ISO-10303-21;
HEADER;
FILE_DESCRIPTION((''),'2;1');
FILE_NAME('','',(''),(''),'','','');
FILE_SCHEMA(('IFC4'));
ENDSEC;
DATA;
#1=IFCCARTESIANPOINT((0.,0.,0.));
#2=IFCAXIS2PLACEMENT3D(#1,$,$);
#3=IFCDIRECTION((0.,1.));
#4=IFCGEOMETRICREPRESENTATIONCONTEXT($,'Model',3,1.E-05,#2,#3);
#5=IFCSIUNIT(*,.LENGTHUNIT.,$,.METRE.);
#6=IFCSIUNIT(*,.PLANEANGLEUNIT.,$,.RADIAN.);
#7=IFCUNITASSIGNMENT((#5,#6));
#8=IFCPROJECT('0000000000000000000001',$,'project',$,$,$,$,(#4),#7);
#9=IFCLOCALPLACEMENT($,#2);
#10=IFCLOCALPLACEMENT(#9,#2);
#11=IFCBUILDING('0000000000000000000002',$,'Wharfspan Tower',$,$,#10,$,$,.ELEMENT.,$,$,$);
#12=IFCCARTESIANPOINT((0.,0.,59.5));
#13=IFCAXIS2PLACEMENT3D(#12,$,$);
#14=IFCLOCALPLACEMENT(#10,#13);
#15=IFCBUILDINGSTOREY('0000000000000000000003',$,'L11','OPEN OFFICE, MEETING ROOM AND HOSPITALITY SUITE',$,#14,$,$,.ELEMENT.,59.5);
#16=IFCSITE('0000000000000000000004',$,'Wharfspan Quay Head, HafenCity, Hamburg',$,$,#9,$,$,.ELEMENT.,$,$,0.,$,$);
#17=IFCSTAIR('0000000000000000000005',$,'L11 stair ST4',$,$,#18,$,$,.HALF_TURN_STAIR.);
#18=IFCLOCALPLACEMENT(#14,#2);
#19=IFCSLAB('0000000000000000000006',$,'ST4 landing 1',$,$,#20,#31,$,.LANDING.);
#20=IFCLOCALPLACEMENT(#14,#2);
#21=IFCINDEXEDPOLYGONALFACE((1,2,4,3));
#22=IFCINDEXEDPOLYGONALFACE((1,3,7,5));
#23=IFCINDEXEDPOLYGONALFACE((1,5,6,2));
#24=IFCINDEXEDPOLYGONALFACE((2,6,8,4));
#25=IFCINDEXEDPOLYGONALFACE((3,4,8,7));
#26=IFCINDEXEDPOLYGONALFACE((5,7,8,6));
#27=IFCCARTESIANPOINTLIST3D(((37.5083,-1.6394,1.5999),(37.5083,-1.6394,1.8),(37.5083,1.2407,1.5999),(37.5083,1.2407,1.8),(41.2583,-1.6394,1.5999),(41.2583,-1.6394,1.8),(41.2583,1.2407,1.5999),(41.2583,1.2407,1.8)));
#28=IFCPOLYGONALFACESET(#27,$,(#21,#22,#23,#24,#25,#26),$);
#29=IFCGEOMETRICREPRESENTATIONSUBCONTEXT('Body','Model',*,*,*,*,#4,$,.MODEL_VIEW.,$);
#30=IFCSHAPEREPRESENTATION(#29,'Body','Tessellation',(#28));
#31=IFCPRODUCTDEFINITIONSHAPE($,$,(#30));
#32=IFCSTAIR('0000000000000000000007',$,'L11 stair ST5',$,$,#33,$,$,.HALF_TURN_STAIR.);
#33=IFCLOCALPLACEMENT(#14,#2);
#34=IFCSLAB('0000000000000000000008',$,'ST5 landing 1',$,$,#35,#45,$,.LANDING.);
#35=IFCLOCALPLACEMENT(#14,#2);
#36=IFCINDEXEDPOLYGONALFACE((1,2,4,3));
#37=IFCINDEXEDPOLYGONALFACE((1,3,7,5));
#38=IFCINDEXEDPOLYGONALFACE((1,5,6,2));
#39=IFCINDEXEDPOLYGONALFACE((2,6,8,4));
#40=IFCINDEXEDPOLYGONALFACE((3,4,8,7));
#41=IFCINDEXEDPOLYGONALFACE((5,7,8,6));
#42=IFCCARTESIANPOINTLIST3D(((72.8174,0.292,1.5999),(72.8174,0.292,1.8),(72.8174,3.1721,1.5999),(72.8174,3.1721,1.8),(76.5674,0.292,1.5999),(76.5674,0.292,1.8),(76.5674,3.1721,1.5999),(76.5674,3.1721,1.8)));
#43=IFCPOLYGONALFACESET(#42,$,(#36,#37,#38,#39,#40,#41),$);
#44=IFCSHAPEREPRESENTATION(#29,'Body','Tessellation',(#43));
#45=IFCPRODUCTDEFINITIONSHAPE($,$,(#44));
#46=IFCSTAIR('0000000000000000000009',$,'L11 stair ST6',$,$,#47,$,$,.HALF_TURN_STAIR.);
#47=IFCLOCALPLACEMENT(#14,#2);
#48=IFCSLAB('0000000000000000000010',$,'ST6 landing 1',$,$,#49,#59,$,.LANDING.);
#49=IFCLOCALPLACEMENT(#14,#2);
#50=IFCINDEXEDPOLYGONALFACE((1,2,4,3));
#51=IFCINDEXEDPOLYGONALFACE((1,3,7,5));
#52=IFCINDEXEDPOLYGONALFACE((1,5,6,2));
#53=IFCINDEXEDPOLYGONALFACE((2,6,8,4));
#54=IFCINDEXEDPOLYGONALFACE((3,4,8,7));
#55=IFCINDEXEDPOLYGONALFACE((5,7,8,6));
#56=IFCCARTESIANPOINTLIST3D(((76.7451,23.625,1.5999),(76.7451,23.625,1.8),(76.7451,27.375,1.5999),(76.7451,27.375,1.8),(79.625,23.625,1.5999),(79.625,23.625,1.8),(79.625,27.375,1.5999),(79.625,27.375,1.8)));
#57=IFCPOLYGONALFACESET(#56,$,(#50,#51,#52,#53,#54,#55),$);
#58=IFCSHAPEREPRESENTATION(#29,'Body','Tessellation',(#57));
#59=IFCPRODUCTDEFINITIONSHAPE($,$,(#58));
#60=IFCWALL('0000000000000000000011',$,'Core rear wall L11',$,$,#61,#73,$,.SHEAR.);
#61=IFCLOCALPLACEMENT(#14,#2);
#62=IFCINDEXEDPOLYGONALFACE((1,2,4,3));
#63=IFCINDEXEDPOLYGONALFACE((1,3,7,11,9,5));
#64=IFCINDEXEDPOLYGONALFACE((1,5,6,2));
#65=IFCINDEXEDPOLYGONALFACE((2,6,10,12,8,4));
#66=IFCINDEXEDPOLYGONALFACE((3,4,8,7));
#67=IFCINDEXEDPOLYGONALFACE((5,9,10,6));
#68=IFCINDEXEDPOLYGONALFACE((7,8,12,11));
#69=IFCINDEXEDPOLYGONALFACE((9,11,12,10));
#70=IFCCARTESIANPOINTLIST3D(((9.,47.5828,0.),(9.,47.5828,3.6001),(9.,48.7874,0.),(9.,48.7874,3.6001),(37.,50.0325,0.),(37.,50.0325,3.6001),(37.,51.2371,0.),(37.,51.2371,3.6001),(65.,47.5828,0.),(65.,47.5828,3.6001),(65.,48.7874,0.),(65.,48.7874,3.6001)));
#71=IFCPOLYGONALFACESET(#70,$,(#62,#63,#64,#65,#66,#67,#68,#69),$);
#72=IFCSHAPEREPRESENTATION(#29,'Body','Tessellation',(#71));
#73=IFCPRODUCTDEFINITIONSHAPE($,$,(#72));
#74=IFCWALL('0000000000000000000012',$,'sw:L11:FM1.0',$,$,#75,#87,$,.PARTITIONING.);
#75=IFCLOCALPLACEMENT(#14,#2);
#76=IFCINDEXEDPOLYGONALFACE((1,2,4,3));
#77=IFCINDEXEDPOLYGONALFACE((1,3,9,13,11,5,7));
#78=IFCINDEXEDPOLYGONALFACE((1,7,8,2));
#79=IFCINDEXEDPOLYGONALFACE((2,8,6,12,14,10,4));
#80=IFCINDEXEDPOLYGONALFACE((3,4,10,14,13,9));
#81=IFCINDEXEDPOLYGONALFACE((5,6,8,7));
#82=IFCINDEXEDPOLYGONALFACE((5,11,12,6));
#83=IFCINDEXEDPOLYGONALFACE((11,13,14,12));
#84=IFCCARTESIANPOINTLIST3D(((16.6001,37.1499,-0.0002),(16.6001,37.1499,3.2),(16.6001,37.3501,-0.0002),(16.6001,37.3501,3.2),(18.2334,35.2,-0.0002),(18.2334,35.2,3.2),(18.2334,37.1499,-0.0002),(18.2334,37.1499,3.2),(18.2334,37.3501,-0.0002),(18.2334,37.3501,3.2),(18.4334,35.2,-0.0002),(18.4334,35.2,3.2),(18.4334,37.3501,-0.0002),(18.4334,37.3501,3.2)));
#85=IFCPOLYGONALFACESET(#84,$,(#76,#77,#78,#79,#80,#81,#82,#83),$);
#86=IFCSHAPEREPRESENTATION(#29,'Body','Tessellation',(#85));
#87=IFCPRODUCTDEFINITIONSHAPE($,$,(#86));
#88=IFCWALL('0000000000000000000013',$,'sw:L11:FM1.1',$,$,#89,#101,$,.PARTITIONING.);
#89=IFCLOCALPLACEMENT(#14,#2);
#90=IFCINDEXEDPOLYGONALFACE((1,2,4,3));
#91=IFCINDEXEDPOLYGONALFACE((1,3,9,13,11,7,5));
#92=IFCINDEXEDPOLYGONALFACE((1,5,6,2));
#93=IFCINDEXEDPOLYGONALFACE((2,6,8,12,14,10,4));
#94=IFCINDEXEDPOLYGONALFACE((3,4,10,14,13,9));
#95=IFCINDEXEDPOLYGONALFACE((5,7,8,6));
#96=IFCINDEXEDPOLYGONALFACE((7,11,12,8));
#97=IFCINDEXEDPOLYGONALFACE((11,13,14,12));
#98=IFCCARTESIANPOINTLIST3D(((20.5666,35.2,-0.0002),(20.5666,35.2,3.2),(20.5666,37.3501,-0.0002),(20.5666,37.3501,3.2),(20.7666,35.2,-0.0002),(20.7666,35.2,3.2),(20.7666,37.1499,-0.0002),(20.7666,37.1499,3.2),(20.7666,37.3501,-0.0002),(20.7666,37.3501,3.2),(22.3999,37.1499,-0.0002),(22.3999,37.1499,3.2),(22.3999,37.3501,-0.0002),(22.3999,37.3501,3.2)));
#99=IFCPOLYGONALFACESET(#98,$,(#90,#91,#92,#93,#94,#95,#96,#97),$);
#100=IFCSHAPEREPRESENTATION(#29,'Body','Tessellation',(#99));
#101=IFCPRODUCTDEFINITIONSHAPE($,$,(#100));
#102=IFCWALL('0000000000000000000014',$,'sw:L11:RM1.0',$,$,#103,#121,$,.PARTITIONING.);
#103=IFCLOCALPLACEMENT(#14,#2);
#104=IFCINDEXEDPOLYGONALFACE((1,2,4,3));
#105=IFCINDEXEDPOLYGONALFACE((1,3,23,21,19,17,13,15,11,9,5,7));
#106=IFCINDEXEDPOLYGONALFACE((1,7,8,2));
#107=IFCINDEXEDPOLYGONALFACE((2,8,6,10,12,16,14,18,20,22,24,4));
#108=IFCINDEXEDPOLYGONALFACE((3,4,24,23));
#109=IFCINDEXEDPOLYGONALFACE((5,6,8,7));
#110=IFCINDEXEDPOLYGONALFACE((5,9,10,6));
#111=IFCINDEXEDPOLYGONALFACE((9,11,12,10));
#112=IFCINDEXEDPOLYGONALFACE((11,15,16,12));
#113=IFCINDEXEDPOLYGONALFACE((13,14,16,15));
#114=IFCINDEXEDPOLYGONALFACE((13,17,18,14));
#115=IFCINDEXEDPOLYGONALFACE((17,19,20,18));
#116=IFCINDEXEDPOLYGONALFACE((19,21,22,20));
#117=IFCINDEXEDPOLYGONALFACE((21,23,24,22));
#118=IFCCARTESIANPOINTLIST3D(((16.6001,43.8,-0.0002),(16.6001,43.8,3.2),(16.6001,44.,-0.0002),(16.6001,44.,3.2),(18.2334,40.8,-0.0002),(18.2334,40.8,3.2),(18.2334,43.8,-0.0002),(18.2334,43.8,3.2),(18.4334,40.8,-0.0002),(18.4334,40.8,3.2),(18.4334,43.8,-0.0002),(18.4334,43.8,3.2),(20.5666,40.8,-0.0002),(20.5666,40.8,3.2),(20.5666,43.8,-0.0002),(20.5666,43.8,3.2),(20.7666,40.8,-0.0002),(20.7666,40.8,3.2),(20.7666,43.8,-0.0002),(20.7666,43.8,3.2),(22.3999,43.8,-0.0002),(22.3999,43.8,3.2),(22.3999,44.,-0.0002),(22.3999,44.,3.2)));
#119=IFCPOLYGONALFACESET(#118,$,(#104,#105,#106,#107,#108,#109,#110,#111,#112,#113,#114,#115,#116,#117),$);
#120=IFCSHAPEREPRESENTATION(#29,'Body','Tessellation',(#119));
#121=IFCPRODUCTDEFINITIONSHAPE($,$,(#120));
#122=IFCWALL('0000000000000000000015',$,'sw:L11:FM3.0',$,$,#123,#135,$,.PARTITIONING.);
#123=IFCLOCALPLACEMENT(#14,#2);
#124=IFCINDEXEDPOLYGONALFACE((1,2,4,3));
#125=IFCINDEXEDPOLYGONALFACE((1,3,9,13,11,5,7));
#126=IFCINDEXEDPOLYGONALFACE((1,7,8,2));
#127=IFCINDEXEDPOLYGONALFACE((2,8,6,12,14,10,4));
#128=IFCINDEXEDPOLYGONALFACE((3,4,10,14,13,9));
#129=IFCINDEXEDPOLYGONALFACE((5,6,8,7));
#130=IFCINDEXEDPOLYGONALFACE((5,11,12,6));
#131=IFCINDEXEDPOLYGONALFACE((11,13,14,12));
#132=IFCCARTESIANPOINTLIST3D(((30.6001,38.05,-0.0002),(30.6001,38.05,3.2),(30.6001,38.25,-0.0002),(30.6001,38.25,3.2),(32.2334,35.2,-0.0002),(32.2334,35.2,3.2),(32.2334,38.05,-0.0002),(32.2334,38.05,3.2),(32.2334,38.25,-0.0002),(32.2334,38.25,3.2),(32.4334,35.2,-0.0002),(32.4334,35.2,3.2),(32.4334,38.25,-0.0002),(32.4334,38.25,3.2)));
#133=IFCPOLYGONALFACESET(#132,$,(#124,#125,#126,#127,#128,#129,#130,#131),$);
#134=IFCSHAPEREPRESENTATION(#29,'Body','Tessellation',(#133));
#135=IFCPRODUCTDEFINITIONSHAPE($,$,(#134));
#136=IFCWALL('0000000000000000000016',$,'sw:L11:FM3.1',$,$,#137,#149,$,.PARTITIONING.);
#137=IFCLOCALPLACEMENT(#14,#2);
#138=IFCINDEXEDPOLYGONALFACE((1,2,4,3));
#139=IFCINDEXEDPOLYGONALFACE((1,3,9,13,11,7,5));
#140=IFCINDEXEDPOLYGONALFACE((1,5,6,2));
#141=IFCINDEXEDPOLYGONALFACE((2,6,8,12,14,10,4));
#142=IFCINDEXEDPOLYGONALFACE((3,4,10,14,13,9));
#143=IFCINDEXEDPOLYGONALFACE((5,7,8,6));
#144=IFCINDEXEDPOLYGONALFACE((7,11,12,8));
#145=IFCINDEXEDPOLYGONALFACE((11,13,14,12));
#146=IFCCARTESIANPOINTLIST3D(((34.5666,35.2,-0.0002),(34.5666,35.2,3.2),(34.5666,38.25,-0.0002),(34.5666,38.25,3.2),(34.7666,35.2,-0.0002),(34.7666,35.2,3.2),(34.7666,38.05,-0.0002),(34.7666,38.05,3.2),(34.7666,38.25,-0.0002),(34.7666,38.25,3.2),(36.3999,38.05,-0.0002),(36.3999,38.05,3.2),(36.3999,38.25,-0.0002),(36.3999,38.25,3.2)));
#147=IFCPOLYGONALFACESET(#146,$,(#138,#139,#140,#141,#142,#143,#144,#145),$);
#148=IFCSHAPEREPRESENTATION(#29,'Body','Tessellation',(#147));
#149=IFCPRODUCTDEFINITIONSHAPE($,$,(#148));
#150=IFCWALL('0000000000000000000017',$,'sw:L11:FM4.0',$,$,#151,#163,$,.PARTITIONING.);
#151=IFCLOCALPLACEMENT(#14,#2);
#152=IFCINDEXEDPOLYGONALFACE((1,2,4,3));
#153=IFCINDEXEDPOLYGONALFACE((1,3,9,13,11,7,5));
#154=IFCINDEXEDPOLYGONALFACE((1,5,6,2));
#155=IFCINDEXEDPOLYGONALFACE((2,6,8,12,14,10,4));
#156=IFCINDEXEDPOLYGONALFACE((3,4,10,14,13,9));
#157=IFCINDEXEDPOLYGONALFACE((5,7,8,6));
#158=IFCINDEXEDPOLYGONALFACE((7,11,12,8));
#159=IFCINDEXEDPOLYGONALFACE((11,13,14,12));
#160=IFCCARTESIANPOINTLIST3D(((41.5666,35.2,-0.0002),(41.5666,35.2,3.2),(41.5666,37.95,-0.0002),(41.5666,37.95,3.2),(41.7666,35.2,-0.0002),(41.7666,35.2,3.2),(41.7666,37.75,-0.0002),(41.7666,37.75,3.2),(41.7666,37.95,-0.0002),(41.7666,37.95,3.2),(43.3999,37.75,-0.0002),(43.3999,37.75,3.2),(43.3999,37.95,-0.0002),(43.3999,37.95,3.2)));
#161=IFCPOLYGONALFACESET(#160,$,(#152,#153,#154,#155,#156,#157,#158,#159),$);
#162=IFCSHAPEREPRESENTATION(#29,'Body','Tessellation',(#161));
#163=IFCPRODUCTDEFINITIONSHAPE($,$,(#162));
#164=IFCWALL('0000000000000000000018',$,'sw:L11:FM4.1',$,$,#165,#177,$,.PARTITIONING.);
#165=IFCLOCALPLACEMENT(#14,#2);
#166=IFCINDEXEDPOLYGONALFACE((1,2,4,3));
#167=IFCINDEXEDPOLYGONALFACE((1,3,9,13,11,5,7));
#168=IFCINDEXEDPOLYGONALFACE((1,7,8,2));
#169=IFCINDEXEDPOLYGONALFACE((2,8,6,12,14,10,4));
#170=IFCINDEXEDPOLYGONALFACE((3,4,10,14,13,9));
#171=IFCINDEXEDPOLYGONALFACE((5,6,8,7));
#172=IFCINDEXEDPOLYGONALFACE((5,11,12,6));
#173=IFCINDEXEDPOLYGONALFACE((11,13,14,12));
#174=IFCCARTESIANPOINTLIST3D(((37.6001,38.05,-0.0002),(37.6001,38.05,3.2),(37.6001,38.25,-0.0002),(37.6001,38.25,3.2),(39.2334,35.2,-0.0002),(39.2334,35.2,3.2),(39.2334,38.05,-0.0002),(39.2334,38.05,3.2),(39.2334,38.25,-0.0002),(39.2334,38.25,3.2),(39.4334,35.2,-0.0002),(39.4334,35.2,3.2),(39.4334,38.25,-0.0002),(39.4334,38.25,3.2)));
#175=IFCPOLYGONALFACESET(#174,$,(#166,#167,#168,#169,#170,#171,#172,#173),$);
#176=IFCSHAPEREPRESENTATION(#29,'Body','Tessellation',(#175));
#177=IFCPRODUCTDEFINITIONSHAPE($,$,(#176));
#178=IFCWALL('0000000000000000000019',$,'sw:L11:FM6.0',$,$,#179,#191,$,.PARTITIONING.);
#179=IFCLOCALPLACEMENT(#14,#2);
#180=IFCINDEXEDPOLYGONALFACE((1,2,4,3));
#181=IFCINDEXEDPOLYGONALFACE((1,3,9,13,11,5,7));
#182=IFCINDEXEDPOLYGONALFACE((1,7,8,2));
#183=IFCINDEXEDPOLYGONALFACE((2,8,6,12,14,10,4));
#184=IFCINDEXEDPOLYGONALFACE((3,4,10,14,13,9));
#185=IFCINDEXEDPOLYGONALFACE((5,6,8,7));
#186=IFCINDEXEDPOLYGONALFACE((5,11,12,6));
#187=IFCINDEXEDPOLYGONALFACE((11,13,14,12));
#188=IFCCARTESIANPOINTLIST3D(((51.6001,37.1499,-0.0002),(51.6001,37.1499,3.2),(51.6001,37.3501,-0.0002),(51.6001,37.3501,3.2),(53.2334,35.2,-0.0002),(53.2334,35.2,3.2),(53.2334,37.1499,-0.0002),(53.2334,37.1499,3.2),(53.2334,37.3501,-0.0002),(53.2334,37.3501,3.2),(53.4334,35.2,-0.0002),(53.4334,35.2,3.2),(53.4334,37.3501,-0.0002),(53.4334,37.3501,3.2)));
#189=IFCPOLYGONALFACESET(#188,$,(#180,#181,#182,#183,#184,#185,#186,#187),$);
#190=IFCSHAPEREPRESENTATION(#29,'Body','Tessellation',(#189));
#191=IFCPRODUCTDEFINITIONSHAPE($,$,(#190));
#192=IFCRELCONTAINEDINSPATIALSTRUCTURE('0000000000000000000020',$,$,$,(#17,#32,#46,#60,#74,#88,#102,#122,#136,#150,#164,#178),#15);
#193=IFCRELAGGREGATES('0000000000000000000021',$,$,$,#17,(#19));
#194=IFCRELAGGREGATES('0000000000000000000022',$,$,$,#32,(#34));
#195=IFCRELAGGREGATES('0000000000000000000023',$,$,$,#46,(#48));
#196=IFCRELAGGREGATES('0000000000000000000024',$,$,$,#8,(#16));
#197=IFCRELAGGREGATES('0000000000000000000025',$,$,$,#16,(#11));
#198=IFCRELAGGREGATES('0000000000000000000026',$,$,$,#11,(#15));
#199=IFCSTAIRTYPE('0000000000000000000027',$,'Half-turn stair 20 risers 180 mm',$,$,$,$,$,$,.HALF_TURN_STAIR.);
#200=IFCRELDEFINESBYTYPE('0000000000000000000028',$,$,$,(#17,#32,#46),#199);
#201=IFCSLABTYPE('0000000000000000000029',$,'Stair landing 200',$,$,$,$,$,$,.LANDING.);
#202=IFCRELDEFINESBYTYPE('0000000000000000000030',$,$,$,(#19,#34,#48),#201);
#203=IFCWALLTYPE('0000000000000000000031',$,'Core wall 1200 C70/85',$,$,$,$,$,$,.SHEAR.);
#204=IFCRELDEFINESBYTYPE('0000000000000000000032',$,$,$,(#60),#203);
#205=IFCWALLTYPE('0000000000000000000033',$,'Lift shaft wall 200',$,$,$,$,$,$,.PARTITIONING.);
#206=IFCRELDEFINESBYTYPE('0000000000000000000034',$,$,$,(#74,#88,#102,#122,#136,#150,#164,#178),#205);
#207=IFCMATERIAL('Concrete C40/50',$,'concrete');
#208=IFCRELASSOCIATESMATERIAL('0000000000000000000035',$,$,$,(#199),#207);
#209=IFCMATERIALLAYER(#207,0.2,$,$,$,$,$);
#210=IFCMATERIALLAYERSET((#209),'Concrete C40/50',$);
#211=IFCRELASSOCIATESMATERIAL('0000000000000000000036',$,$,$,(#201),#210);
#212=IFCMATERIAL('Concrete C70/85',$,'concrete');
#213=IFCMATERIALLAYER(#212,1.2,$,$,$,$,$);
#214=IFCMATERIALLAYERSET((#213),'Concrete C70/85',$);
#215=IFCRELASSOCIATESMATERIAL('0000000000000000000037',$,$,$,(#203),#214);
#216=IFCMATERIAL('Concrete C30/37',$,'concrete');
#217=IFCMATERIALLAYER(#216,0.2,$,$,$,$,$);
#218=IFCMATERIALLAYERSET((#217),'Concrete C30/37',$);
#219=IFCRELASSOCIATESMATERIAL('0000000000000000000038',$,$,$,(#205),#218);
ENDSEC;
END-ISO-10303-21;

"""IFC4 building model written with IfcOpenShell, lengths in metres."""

from ifc_helpers import new_model, si_unit, direction, frame, origin, place, context, subcontext, project, spatial, polyline, outline, extrude, material, layer, layer_set, type_object, element, aggregate, save


model = new_model("IFC4")

# Units and contexts
model_context = context("Model", 3, precision=1e-05, world=origin(), true_north=direction((0.0, 1.0)))
body_context = subcontext(model_context, "Body", "Model", "MODEL_VIEW")
ifc_project = project(units=[si_unit("LENGTHUNIT", "METRE"), si_unit("PLANEANGLEUNIT", "RADIAN")], contexts=[model_context])

# Site, building, storey
site_placement = place(None, origin())
site = spatial("IfcSite", under=ifc_project, at=site_placement, Name="Wharfspan Quay Head, HafenCity, Hamburg", CompositionType="ELEMENT", RefElevation=0.0)
building_placement = place(site_placement, origin())
building = spatial("IfcBuilding", under=site, at=building_placement, Name="Wharfspan Tower", CompositionType="ELEMENT")
storey_placement = place(building_placement, frame((0.0, 0.0, 59.5)))
storey = spatial("IfcBuildingStorey", under=building, at=storey_placement, Name="L11", Description="OPEN OFFICE, MEETING ROOM AND HOSPITALITY SUITE", CompositionType="ELEMENT", Elevation=59.5)

# Shared definitions
ifc_material_1 = material(Name="Concrete C40/50", Category="concrete")

# Stairs, slabs
stair_type = type_object("IfcStairType", Name="Half-turn stair 20 risers 180 mm", PredefinedType="HALF_TURN_STAIR", material=ifc_material_1)
ifc_layer_1 = layer(ifc_material_1, 0.2)
ifc_layer_set_1 = layer_set([ifc_layer_1], Name="Concrete C40/50")
slab_type_1 = type_object("IfcSlabType", Name="Stair landing 200", PredefinedType="LANDING", material=ifc_layer_set_1)
stair_1_placement = place(storey_placement, origin())
stair_1 = element("IfcStair", 1, at=stair_1_placement, inside=storey, type_object=stair_type, Name="L11 stair ST4", PredefinedType="HALF_TURN_STAIR")
slab_1_placement = place(storey_placement, frame((0.0, 0.0, 1.5999)))
slab_1 = element("IfcSlab", 2, at=slab_1_placement, type_object=slab_type_1, Name="ST4 landing 1", PredefinedType="LANDING", context=body_context, shape_type="SweptSolid", body=[
    extrude(outline(polyline([(37.5083, 1.2407), (37.5083, -1.6394), (41.2583, -1.6394), (41.2583, 1.2407), (37.5083, 1.2407)])), origin(), (0.0, 0.0, 1.0), 0.2002),
])
aggregate(stair_1, [slab_1])
stair_2_placement = place(storey_placement, origin())
stair_2 = element("IfcStair", 3, at=stair_2_placement, inside=storey, type_object=stair_type, Name="L11 stair ST5", PredefinedType="HALF_TURN_STAIR")
slab_2_placement = place(storey_placement, frame((0.0, 0.0, 1.5999)))
slab_2 = element("IfcSlab", 4, at=slab_2_placement, type_object=slab_type_1, Name="ST5 landing 1", PredefinedType="LANDING", context=body_context, shape_type="SweptSolid", body=[
    extrude(outline(polyline([(72.8174, 3.1721), (72.8174, 0.292), (76.5674, 0.292), (76.5674, 3.1721), (72.8174, 3.1721)])), origin(), (0.0, 0.0, 1.0), 0.2002),
])
aggregate(stair_2, [slab_2])
stair_3_placement = place(storey_placement, origin())
stair_3 = element("IfcStair", 5, at=stair_3_placement, inside=storey, type_object=stair_type, Name="L11 stair ST6", PredefinedType="HALF_TURN_STAIR")
slab_3_placement = place(storey_placement, frame((0.0, 0.0, 1.5999)))
slab_3 = element("IfcSlab", 6, at=slab_3_placement, type_object=slab_type_1, Name="ST6 landing 1", PredefinedType="LANDING", context=body_context, shape_type="SweptSolid", body=[
    extrude(outline(polyline([(76.7451, 23.625), (79.625, 23.625), (79.625, 27.375), (76.7451, 27.375), (76.7451, 23.625)])), origin(), (0.0, 0.0, 1.0), 0.2002),
])
aggregate(stair_3, [slab_3])

# Walls
ifc_material_2 = material(Name="Concrete C70/85", Category="concrete")
ifc_layer_2 = layer(ifc_material_2, 1.2)
ifc_layer_set_2 = layer_set([ifc_layer_2], Name="Concrete C70/85")
wall_type_1 = type_object("IfcWallType", Name="Core wall 1200 C70/85", PredefinedType="SHEAR", material=ifc_layer_set_2)
wall_1_placement = place(storey_placement, origin())
element("IfcWall", 7, at=wall_1_placement, inside=storey, type_object=wall_type_1, Name="Core rear wall L11", PredefinedType="SHEAR", context=body_context, shape_type="SweptSolid", body=[
    extrude(outline(polyline([(9.0, 47.5828), (37.0, 50.0325), (65.0, 47.5828), (65.0, 48.7874), (37.0, 51.2371), (9.0, 48.7874), (9.0, 47.5828)])), origin(), (0.0, 0.0, 1.0), 3.6001),
])
ifc_material_3 = material(Name="Concrete C30/37", Category="concrete")
ifc_layer_3 = layer(ifc_material_3, 0.2)
ifc_layer_set_3 = layer_set([ifc_layer_3], Name="Concrete C30/37")
wall_type_2 = type_object("IfcWallType", Name="Lift shaft wall 200", PredefinedType="PARTITIONING", material=ifc_layer_set_3)
wall_2_placement = place(storey_placement, frame((0.0, 0.0, -0.0002)))
element("IfcWall", 8, at=wall_2_placement, inside=storey, type_object=wall_type_2, Name="sw:L11:FM1.0", PredefinedType="PARTITIONING", context=body_context, shape_type="SweptSolid", body=[
    extrude(outline(polyline([(18.2334, 37.1499), (16.6001, 37.1499), (16.6001, 37.3501), (18.2334, 37.3501), (18.4334, 37.3501), (18.4334, 35.2), (18.2334, 35.2), (18.2334, 37.1499)])), origin(), (0.0, 0.0, 1.0), 3.2002),
])
wall_3_placement = place(storey_placement, frame((0.0, 0.0, -0.0002)))
element("IfcWall", 9, at=wall_3_placement, inside=storey, type_object=wall_type_2, Name="sw:L11:FM1.1", PredefinedType="PARTITIONING", context=body_context, shape_type="SweptSolid", body=[
    extrude(outline(polyline([(20.5666, 37.3501), (20.7666, 37.3501), (22.3999, 37.3501), (22.3999, 37.1499), (20.7666, 37.1499), (20.7666, 35.2), (20.5666, 35.2), (20.5666, 37.3501)])), origin(), (0.0, 0.0, 1.0), 3.2002),
])
wall_4_placement = place(storey_placement, frame((0.0, 0.0, -0.0002)))
element("IfcWall", 10, at=wall_4_placement, inside=storey, type_object=wall_type_2, Name="sw:L11:RM1.0", PredefinedType="PARTITIONING", context=body_context, shape_type="SweptSolid", body=[
    extrude(outline(polyline([(18.4334, 40.8), (18.2334, 40.8), (18.2334, 43.8), (16.6001, 43.8), (16.6001, 44.0), (22.3999, 44.0), (22.3999, 43.8), (20.7666, 43.8), (20.7666, 40.8), (20.5666, 40.8), (20.5666, 43.8), (18.4334, 43.8), (18.4334, 40.8)])), origin(), (0.0, 0.0, 1.0), 3.2002),
])
wall_5_placement = place(storey_placement, frame((0.0, 0.0, -0.0002)))
element("IfcWall", 11, at=wall_5_placement, inside=storey, type_object=wall_type_2, Name="sw:L11:FM3.0", PredefinedType="PARTITIONING", context=body_context, shape_type="SweptSolid", body=[
    extrude(outline(polyline([(32.2334, 38.05), (30.6001, 38.05), (30.6001, 38.25), (32.2334, 38.25), (32.4333, 38.25), (32.4333, 35.2), (32.2334, 35.2), (32.2334, 38.05)])), origin(), (0.0, 0.0, 1.0), 3.2002),
])
wall_6_placement = place(storey_placement, frame((0.0, 0.0, -0.0002)))
element("IfcWall", 12, at=wall_6_placement, inside=storey, type_object=wall_type_2, Name="sw:L11:FM3.1", PredefinedType="PARTITIONING", context=body_context, shape_type="SweptSolid", body=[
    extrude(outline(polyline([(34.5667, 38.25), (34.7666, 38.25), (36.3999, 38.25), (36.3999, 38.05), (34.7666, 38.05), (34.7666, 35.2), (34.5667, 35.2), (34.5667, 38.25)])), origin(), (0.0, 0.0, 1.0), 3.2002),
])
wall_7_placement = place(storey_placement, frame((0.0, 0.0, -0.0002)))
element("IfcWall", 13, at=wall_7_placement, inside=storey, type_object=wall_type_2, Name="sw:L11:FM4.0", PredefinedType="PARTITIONING", context=body_context, shape_type="SweptSolid", body=[
    extrude(outline(polyline([(41.5667, 37.95), (41.7666, 37.95), (43.3999, 37.95), (43.3999, 37.75), (41.7666, 37.75), (41.7666, 35.2), (41.5667, 35.2), (41.5667, 37.95)])), origin(), (0.0, 0.0, 1.0), 3.2002),
])
wall_8_placement = place(storey_placement, frame((0.0, 0.0, -0.0002)))
element("IfcWall", 14, at=wall_8_placement, inside=storey, type_object=wall_type_2, Name="sw:L11:FM4.1", PredefinedType="PARTITIONING", context=body_context, shape_type="SweptSolid", body=[
    extrude(outline(polyline([(39.2334, 38.05), (37.6001, 38.05), (37.6001, 38.25), (39.2334, 38.25), (39.4333, 38.25), (39.4333, 35.2), (39.2334, 35.2), (39.2334, 38.05)])), origin(), (0.0, 0.0, 1.0), 3.2002),
])
wall_9_placement = place(storey_placement, frame((0.0, 0.0, -0.0002)))
element("IfcWall", 15, at=wall_9_placement, inside=storey, type_object=wall_type_2, Name="sw:L11:FM6.0", PredefinedType="PARTITIONING", context=body_context, shape_type="SweptSolid", body=[
    extrude(outline(polyline([(53.2334, 37.1499), (51.6001, 37.1499), (51.6001, 37.3501), (53.2334, 37.3501), (53.4333, 37.3501), (53.4333, 35.2), (53.2334, 35.2), (53.2334, 37.1499)])), origin(), (0.0, 0.0, 1.0), 3.2002),
])

save(model, "model.ifc")
